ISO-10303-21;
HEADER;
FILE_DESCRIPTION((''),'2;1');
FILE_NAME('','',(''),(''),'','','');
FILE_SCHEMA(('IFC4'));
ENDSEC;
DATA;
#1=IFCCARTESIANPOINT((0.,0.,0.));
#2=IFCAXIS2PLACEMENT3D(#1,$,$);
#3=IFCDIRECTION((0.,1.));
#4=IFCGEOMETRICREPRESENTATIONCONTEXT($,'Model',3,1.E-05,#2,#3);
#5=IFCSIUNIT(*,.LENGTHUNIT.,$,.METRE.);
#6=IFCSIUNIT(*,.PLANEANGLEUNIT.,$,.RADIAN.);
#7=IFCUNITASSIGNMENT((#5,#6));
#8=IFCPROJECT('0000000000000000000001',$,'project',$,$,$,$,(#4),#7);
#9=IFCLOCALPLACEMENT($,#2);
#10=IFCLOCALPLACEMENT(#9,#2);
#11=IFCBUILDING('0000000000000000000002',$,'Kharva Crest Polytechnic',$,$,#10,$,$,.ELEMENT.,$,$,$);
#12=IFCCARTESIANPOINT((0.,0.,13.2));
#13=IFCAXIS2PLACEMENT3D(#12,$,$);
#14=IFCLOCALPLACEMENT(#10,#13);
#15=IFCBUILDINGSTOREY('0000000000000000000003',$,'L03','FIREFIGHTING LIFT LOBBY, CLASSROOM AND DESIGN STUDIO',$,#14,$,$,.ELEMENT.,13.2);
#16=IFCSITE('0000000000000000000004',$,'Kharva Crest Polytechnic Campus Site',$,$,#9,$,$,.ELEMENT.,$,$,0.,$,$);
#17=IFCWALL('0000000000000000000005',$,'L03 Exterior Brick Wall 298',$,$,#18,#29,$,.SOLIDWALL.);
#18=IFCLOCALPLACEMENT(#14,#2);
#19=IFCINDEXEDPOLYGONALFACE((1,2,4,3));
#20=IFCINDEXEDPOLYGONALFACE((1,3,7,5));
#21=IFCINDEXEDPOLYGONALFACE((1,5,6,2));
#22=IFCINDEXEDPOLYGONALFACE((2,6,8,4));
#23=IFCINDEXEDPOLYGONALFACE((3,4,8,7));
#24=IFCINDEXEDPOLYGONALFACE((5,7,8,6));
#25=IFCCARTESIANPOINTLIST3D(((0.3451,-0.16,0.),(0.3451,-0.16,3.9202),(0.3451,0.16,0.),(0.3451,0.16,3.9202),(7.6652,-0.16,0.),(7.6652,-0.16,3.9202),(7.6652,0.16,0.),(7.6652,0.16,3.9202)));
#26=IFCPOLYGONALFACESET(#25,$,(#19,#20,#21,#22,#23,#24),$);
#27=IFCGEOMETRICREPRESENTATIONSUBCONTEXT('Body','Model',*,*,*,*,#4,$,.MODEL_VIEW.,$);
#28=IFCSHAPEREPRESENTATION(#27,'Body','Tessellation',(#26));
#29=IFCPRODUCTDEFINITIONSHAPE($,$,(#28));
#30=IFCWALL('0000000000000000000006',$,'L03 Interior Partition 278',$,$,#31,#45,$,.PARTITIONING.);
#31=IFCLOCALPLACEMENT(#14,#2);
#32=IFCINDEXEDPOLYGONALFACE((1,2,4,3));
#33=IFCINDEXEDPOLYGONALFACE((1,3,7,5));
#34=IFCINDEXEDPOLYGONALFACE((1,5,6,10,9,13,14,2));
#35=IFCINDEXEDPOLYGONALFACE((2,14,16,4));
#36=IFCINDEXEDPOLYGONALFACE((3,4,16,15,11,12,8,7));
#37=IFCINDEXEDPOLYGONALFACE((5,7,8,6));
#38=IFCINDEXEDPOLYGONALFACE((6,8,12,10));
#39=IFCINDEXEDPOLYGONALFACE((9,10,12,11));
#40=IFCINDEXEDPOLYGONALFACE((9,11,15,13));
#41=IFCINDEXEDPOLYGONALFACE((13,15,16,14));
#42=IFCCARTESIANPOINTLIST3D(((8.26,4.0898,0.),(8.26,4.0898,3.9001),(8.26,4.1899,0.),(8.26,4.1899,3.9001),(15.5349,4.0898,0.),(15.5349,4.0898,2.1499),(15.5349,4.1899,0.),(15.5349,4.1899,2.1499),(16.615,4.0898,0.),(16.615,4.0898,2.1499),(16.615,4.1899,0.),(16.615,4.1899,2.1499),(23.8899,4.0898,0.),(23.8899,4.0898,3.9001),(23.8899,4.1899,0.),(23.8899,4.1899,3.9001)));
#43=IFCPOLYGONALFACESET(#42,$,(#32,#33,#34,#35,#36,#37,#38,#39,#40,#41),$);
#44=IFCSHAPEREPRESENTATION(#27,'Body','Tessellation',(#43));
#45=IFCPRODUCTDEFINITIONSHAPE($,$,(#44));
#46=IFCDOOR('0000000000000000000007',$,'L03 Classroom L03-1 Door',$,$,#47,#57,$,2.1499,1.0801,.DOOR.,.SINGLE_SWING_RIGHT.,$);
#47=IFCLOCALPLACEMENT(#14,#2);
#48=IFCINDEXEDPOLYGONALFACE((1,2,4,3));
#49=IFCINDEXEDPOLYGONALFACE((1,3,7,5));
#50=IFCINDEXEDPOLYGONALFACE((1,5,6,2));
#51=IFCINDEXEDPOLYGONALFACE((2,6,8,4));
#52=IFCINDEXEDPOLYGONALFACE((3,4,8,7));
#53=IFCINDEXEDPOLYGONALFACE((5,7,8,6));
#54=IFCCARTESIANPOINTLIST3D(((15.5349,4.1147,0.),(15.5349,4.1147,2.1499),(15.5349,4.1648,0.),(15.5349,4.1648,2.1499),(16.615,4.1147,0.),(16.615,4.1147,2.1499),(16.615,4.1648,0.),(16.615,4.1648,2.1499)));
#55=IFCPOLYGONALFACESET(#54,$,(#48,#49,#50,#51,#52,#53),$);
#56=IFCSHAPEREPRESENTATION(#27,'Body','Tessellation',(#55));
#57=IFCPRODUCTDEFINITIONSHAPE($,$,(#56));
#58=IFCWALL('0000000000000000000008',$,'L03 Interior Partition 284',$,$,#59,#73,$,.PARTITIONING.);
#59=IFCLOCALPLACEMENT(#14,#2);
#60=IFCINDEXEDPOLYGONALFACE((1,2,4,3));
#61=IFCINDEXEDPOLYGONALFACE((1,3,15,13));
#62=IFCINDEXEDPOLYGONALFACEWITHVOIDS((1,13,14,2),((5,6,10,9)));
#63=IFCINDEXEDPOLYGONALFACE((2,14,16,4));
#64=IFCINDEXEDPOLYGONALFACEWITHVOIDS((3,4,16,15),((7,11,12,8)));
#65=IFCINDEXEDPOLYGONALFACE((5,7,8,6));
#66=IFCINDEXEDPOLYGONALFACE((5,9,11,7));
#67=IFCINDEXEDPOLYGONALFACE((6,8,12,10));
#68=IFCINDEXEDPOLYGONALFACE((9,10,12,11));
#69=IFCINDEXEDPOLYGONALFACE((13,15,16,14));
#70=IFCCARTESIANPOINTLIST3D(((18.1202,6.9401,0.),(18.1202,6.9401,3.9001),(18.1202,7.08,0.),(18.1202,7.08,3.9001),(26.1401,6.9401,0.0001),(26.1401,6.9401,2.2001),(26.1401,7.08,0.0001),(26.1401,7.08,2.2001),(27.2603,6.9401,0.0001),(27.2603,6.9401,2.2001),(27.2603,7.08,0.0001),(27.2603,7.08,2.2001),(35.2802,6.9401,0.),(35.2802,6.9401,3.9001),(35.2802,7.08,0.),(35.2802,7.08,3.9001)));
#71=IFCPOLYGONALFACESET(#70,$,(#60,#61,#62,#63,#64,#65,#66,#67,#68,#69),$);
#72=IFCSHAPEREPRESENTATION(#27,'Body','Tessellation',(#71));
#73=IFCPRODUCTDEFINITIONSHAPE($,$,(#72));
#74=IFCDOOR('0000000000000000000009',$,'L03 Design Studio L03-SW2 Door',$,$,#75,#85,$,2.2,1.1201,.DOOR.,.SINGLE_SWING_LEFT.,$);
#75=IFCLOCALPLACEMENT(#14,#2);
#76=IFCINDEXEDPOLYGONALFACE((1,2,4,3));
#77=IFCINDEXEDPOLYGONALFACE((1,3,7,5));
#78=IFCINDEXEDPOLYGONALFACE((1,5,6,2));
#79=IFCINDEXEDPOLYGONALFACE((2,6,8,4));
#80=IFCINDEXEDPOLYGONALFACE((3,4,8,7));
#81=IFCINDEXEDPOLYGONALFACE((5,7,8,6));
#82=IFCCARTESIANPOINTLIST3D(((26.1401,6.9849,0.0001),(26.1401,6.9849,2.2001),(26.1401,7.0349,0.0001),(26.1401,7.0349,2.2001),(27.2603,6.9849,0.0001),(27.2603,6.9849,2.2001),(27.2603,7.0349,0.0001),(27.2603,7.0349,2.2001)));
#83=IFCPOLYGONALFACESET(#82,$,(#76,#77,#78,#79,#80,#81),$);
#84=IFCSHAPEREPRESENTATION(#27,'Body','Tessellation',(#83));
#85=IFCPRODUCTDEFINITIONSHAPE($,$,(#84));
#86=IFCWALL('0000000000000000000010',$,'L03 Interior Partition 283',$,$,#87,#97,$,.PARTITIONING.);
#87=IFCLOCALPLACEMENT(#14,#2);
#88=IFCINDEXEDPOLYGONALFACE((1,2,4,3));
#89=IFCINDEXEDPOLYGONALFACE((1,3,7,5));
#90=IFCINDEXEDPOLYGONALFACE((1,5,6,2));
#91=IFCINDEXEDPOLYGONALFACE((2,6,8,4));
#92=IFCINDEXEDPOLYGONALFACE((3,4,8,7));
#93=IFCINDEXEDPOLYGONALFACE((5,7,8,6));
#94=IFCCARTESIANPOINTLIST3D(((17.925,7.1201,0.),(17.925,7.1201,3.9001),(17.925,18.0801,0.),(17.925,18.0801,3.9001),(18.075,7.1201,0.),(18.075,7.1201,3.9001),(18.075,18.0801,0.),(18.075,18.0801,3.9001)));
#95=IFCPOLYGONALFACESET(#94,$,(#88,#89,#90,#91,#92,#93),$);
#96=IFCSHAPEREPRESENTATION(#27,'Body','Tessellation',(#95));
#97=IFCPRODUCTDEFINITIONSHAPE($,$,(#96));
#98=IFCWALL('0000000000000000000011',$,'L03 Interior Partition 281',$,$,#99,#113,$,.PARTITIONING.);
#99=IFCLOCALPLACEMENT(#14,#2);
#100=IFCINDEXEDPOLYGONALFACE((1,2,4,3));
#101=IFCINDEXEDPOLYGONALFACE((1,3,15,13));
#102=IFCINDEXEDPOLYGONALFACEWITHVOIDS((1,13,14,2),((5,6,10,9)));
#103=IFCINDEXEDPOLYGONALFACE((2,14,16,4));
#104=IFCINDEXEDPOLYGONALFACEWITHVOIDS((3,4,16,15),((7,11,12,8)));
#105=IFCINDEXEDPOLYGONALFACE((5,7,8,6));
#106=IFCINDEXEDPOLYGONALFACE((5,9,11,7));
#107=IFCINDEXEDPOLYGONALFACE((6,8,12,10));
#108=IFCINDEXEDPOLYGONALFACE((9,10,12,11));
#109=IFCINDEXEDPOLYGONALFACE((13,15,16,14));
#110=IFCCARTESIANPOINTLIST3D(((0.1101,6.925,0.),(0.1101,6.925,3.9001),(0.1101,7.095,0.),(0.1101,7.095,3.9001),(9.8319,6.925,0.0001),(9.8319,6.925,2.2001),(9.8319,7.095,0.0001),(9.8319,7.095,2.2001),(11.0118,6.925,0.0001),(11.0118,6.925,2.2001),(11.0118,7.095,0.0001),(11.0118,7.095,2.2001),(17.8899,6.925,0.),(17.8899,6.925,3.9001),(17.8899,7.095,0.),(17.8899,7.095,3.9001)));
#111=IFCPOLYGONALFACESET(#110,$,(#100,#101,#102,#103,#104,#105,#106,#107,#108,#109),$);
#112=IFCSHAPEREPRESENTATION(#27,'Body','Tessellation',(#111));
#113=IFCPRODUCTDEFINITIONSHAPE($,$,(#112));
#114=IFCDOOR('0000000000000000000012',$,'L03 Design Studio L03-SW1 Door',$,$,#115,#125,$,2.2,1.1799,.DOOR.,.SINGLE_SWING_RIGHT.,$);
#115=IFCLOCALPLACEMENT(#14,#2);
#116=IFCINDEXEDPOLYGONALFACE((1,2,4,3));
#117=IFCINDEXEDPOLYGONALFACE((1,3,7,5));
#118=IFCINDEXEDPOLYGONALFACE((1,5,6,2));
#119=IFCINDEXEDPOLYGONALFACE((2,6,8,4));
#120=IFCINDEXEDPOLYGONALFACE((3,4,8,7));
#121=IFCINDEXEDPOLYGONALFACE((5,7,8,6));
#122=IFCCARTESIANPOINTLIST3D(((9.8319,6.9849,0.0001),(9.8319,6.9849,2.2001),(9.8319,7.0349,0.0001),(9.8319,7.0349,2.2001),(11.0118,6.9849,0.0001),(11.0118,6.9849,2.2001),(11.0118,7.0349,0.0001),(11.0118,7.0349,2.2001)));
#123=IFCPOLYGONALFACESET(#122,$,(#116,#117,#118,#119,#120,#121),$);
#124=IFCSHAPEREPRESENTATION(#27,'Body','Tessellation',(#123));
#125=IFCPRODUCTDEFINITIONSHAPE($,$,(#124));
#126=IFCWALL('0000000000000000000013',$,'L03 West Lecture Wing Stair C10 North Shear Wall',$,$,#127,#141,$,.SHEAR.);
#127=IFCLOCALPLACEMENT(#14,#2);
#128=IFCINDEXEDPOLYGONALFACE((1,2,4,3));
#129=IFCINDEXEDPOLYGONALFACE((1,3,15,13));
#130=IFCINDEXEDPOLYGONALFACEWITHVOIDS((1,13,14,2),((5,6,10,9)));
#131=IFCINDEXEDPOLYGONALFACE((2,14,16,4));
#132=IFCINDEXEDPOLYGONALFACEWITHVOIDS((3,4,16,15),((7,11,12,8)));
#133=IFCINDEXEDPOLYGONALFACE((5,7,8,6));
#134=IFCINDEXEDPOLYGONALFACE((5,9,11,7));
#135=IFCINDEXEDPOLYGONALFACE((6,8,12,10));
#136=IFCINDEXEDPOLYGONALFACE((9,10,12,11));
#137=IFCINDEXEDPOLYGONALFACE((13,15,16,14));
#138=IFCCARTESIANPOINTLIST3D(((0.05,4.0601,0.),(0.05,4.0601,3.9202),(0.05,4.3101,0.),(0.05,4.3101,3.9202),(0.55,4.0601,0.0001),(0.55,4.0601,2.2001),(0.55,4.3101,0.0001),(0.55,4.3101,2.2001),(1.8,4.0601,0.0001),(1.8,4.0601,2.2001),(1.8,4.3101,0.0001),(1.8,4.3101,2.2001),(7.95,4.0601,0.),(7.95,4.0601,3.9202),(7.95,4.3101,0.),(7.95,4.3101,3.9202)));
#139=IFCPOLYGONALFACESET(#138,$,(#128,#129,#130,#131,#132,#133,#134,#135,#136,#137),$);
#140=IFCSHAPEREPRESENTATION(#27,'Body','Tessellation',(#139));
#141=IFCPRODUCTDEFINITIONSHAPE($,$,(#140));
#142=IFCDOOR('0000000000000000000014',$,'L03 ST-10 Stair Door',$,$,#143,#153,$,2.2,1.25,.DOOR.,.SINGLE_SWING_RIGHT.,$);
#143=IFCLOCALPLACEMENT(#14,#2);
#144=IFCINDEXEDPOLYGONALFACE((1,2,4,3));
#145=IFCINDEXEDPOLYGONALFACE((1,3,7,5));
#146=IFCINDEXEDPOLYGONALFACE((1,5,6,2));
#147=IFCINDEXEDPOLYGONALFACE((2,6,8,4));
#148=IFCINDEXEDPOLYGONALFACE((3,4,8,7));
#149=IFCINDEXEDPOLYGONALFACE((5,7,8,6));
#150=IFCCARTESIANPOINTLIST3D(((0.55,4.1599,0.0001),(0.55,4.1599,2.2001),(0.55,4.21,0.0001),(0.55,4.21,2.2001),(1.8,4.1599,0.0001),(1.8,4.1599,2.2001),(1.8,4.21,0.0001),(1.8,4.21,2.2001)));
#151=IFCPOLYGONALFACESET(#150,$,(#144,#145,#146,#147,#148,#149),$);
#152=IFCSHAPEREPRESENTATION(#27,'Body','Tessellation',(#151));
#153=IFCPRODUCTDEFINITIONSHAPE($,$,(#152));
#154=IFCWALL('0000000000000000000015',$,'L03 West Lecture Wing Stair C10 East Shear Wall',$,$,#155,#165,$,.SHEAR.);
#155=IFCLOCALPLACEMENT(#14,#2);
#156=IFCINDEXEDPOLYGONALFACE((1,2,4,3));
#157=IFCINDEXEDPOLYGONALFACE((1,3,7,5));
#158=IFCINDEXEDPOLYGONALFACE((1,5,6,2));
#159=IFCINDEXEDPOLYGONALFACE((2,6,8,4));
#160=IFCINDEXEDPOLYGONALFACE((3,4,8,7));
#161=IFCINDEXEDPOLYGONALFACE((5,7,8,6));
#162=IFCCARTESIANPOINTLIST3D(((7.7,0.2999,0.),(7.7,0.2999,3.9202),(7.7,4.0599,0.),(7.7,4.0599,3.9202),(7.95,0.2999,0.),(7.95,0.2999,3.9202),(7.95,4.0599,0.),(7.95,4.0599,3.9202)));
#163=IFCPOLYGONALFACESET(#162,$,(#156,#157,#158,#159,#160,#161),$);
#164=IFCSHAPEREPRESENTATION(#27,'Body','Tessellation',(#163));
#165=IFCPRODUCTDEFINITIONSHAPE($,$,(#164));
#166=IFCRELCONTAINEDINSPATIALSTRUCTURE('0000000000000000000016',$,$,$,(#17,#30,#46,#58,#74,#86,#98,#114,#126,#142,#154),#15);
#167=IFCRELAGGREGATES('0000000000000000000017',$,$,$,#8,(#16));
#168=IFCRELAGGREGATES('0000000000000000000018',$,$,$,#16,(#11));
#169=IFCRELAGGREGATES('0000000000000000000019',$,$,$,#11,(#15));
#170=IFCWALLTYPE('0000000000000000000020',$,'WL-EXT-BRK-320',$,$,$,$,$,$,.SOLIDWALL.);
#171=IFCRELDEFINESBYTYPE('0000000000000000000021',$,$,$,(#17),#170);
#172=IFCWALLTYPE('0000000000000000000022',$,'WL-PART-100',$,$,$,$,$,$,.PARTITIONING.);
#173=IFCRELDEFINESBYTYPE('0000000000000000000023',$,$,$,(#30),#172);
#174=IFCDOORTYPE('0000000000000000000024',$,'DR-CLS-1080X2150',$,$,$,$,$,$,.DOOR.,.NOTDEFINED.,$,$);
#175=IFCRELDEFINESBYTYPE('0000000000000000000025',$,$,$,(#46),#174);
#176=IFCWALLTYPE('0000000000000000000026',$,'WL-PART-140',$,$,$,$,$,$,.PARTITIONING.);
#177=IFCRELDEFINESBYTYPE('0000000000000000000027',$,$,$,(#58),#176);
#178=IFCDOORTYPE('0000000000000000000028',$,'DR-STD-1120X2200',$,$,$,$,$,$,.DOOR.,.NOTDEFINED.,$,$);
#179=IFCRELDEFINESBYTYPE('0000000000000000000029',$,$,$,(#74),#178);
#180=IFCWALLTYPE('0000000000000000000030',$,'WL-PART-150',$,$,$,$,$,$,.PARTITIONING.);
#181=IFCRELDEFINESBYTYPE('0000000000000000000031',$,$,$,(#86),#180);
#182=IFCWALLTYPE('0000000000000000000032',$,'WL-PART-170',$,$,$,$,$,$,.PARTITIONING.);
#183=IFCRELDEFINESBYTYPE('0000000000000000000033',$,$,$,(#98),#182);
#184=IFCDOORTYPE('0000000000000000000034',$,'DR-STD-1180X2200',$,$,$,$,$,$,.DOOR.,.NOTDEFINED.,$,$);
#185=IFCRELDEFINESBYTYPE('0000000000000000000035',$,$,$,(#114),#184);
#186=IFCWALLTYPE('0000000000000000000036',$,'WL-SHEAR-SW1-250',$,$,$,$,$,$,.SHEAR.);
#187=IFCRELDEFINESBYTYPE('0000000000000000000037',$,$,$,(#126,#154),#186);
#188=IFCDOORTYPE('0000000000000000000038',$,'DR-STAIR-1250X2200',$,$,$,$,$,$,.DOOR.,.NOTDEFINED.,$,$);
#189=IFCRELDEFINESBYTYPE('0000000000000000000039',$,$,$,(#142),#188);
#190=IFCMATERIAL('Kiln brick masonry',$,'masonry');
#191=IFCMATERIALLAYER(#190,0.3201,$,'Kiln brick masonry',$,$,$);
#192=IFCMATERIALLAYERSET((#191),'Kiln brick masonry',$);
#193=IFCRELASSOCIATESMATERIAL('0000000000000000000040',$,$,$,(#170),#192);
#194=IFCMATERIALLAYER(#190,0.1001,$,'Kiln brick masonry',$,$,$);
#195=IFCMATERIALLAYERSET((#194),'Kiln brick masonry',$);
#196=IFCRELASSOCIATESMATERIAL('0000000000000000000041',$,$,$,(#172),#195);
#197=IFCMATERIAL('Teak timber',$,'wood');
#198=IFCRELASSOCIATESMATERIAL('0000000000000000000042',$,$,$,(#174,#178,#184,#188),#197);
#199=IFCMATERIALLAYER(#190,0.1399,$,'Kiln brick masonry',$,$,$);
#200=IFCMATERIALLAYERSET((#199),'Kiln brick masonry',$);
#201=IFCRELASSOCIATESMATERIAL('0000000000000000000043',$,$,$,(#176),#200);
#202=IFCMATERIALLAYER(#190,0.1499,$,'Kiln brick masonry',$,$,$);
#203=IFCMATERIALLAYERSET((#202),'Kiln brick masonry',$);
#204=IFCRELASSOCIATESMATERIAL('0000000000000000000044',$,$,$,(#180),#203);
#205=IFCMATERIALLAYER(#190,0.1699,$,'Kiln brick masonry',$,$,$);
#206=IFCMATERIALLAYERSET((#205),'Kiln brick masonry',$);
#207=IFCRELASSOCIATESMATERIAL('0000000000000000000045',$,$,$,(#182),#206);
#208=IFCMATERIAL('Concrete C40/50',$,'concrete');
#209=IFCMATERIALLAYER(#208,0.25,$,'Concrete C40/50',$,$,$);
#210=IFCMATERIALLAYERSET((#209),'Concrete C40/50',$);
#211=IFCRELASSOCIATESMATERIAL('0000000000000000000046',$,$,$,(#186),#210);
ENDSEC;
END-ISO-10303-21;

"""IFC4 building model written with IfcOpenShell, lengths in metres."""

from ifc_helpers import new_model, si_unit, direction, frame, frame_2d, origin, place, context, subcontext, project, spatial, rectangle, extrude, material, layer, layer_set, type_object, element, fill, save


model = new_model("IFC4")

# Units and contexts
model_context = context("Model", 3, precision=1e-05, world=origin(), true_north=direction((0.0, 1.0)))
body_context = subcontext(model_context, "Body", "Model", "MODEL_VIEW")
ifc_project = project(units=[si_unit("LENGTHUNIT", "METRE"), si_unit("PLANEANGLEUNIT", "RADIAN")], contexts=[model_context])

# Site, building, storey
site_placement = place(None, origin())
site = spatial("IfcSite", under=ifc_project, at=site_placement, Name="Kharva Crest Polytechnic Campus Site", CompositionType="ELEMENT", RefElevation=0.0)
building_placement = place(site_placement, origin())
building = spatial("IfcBuilding", under=site, at=building_placement, Name="Kharva Crest Polytechnic", CompositionType="ELEMENT")
storey_placement = place(building_placement, frame((0.0, 0.0, 13.2)))
storey = spatial("IfcBuildingStorey", under=building, at=storey_placement, Name="L03", Description="FIREFIGHTING LIFT LOBBY, CLASSROOM AND DESIGN STUDIO", CompositionType="ELEMENT", Elevation=13.2)

# Shared definitions
ifc_material_1 = material(Name="Concrete C40/50", Category="concrete")

# Shared definitions
ifc_material_2 = material(Name="Kiln brick masonry", Category="masonry")

# Wall
ifc_layer_1 = layer(ifc_material_2, 0.3201, Name="Kiln brick masonry")
ifc_layer_set_1 = layer_set([ifc_layer_1], Name="Kiln brick masonry")
wall_type_1 = type_object("IfcWallType", Name="WL-EXT-BRK-320", PredefinedType="SOLIDWALL", material=ifc_layer_set_1)
wall_1_placement = place(storey_placement, frame((0.345, 0.0, 0.0), z_axis=(0.0, 0.0, 1.0), x_axis=(1.0, 0.0, 0.0)))
element("IfcWall", 1, at=wall_1_placement, inside=storey, type_object=wall_type_1, Name="L03 Exterior Brick Wall 298", PredefinedType="SOLIDWALL", context=body_context, shape_type="SweptSolid", body=[
    extrude(rectangle(XDim=7.3201, YDim=0.3201, at=frame_2d((3.6602, 0.0))), origin(), (0.0, 0.0, 1.0), 3.9202),
])

# Walls, openings, doors
ifc_layer_2 = layer(ifc_material_2, 0.1001, Name="Kiln brick masonry")
ifc_layer_set_2 = layer_set([ifc_layer_2], Name="Kiln brick masonry")
wall_type_2 = type_object("IfcWallType", Name="WL-PART-100", PredefinedType="PARTITIONING", material=ifc_layer_set_2)
wall_2_placement = place(storey_placement, frame((8.26, 4.1399, 0.0), z_axis=(0.0, 0.0, 1.0), x_axis=(1.0, 0.0, 0.0)))
wall_2 = element("IfcWall", 2, at=wall_2_placement, inside=storey, type_object=wall_type_2, Name="L03 Interior Partition 278", PredefinedType="PARTITIONING", context=body_context, shape_type="SweptSolid", body=[
    extrude(rectangle(XDim=15.6299, YDim=0.1001, at=frame_2d((7.8149, 0.0))), origin(), (0.0, 0.0, 1.0), 3.9001),
])
opening_1_placement = place(wall_2_placement, frame((7.2749, 0.0, 0.0)))
opening_1 = element("IfcOpeningElement", 3, at=opening_1_placement, cuts=wall_2, PredefinedType="OPENING", context=body_context, shape_type="SweptSolid", body=[
    extrude(rectangle(XDim=1.0801, YDim=2.1499, at=frame_2d((0.54, 1.075))), frame((0.0, 0.0601, 0.0), z_axis=(0.0, -1.0, 0.0), x_axis=(1.0, 0.0, 0.0)), (0.0, 0.0, 1.0), 0.1201),
])
ifc_material_3 = material(Name="Teak timber", Category="wood")
door_type_1 = type_object("IfcDoorType", Name="DR-CLS-1080X2150", OperationType="NOTDEFINED", PredefinedType="DOOR", material=ifc_material_3)
door_1_placement = place(opening_1_placement, origin())
door_1 = element("IfcDoor", 4, at=door_1_placement, inside=storey, type_object=door_type_1, Name="L03 Classroom L03-1 Door", OperationType="SINGLE_SWING_RIGHT", OverallHeight=2.1499, OverallWidth=1.0801, PredefinedType="DOOR", context=body_context, shape_type="SweptSolid", body=[
    extrude(rectangle(XDim=1.0801, YDim=2.1499, at=frame_2d((0.54, 1.075))), frame((0.0, 0.0249, 0.0), z_axis=(0.0, -1.0, 0.0), x_axis=(1.0, 0.0, 0.0)), (0.0, 0.0, 1.0), 0.05),
])
fill(opening_1, door_1)
ifc_layer_3 = layer(ifc_material_2, 0.1399, Name="Kiln brick masonry")
ifc_layer_set_3 = layer_set([ifc_layer_3], Name="Kiln brick masonry")
wall_type_3 = type_object("IfcWallType", Name="WL-PART-140", PredefinedType="PARTITIONING", material=ifc_layer_set_3)
wall_3_placement = place(storey_placement, frame((18.1201, 7.01, 0.0), z_axis=(0.0, 0.0, 1.0), x_axis=(1.0, 0.0, 0.0)))
wall_3 = element("IfcWall", 5, at=wall_3_placement, inside=storey, type_object=wall_type_3, Name="L03 Interior Partition 284", PredefinedType="PARTITIONING", context=body_context, shape_type="SweptSolid", body=[
    extrude(rectangle(XDim=17.1599, YDim=0.1399, at=frame_2d((8.5801, 0.0))), origin(), (0.0, 0.0, 1.0), 3.9001),
])
opening_2_placement = place(wall_3_placement, frame((8.02, 0.0, 0.0)))
opening_2 = element("IfcOpeningElement", 6, at=opening_2_placement, cuts=wall_3, PredefinedType="OPENING", context=body_context, shape_type="SweptSolid", body=[
    extrude(rectangle(XDim=1.1201, YDim=2.2, at=frame_2d((0.5601, 1.1001))), frame((0.0, 0.0798, 0.0), z_axis=(0.0, -1.0, 0.0), x_axis=(1.0, 0.0, 0.0)), (0.0, 0.0, 1.0), 0.1599),
])
door_type_2 = type_object("IfcDoorType", Name="DR-STD-1120X2200", OperationType="NOTDEFINED", PredefinedType="DOOR", material=ifc_material_3)
door_2_placement = place(opening_2_placement, origin())
door_2 = element("IfcDoor", 7, at=door_2_placement, inside=storey, type_object=door_type_2, Name="L03 Design Studio L03-SW2 Door", OperationType="SINGLE_SWING_LEFT", OverallHeight=2.2, OverallWidth=1.1201, PredefinedType="DOOR", context=body_context, shape_type="SweptSolid", body=[
    extrude(rectangle(XDim=1.1201, YDim=2.2, at=frame_2d((0.5601, 1.1001))), frame((0.0, 0.0249, 0.0), z_axis=(0.0, -1.0, 0.0), x_axis=(1.0, 0.0, 0.0)), (0.0, 0.0, 1.0), 0.05),
])
fill(opening_2, door_2)

# Wall
ifc_layer_4 = layer(ifc_material_2, 0.1499, Name="Kiln brick masonry")
ifc_layer_set_4 = layer_set([ifc_layer_4], Name="Kiln brick masonry")
wall_type_4 = type_object("IfcWallType", Name="WL-PART-150", PredefinedType="PARTITIONING", material=ifc_layer_set_4)
wall_4_placement = place(storey_placement, frame((18.0, 7.1201, 0.0), z_axis=(0.0, 0.0, 1.0), x_axis=(0.0, 1.0, 0.0)))
element("IfcWall", 8, at=wall_4_placement, inside=storey, type_object=wall_type_4, Name="L03 Interior Partition 283", PredefinedType="PARTITIONING", context=body_context, shape_type="SweptSolid", body=[
    extrude(rectangle(XDim=10.96, YDim=0.1499, at=frame_2d((5.48, 0.0))), origin(), (0.0, 0.0, 1.0), 3.9001),
])

# Walls, openings, doors
ifc_layer_5 = layer(ifc_material_2, 0.1699, Name="Kiln brick masonry")
ifc_layer_set_5 = layer_set([ifc_layer_5], Name="Kiln brick masonry")
wall_type_5 = type_object("IfcWallType", Name="WL-PART-170", PredefinedType="PARTITIONING", material=ifc_layer_set_5)
wall_5_placement = place(storey_placement, frame((0.1101, 7.01, 0.0), z_axis=(0.0, 0.0, 1.0), x_axis=(1.0, 0.0, 0.0)))
wall_5 = element("IfcWall", 9, at=wall_5_placement, inside=storey, type_object=wall_type_5, Name="L03 Interior Partition 281", PredefinedType="PARTITIONING", context=body_context, shape_type="SweptSolid", body=[
    extrude(rectangle(XDim=17.7798, YDim=0.1699, at=frame_2d((8.8899, 0.0))), origin(), (0.0, 0.0, 1.0), 3.9001),
])
opening_3_placement = place(wall_5_placement, frame((9.7219, 0.0, 0.0)))
opening_3 = element("IfcOpeningElement", 10, at=opening_3_placement, cuts=wall_5, PredefinedType="OPENING", context=body_context, shape_type="SweptSolid", body=[
    extrude(rectangle(XDim=1.1799, YDim=2.2, at=frame_2d((0.5898, 1.1001))), frame((0.0, 0.095, 0.0), z_axis=(0.0, -1.0, 0.0), x_axis=(1.0, 0.0, 0.0)), (0.0, 0.0, 1.0), 0.1899),
])
door_type_3 = type_object("IfcDoorType", Name="DR-STD-1180X2200", OperationType="NOTDEFINED", PredefinedType="DOOR", material=ifc_material_3)
door_3_placement = place(opening_3_placement, origin())
door_3 = element("IfcDoor", 11, at=door_3_placement, inside=storey, type_object=door_type_3, Name="L03 Design Studio L03-SW1 Door", OperationType="SINGLE_SWING_RIGHT", OverallHeight=2.2, OverallWidth=1.1799, PredefinedType="DOOR", context=body_context, shape_type="SweptSolid", body=[
    extrude(rectangle(XDim=1.1799, YDim=2.2, at=frame_2d((0.5898, 1.1001))), frame((0.0, 0.0249, 0.0), z_axis=(0.0, -1.0, 0.0), x_axis=(1.0, 0.0, 0.0)), (0.0, 0.0, 1.0), 0.05),
])
fill(opening_3, door_3)
ifc_layer_6 = layer(ifc_material_1, 0.25, Name="Concrete C40/50")
ifc_layer_set_6 = layer_set([ifc_layer_6], Name="Concrete C40/50")
wall_type_6 = type_object("IfcWallType", Name="WL-SHEAR-SW1-250", PredefinedType="SHEAR", material=ifc_layer_set_6)
wall_6_placement = place(storey_placement, frame((0.05, 4.1851, 0.0), z_axis=(0.0, 0.0, 1.0), x_axis=(1.0, 0.0, 0.0)))
wall_6 = element("IfcWall", 12, at=wall_6_placement, inside=storey, type_object=wall_type_6, Name="L03 West Lecture Wing Stair C10 North Shear Wall", PredefinedType="SHEAR", context=body_context, shape_type="SweptSolid", body=[
    extrude(rectangle(XDim=7.8999, YDim=0.25, at=frame_2d((3.95, 0.0))), origin(), (0.0, 0.0, 1.0), 3.9202),
])
opening_4_placement = place(wall_6_placement, frame((0.5, 0.0, 0.0)))
opening_4 = element("IfcOpeningElement", 13, at=opening_4_placement, cuts=wall_6, PredefinedType="OPENING", context=body_context, shape_type="SweptSolid", body=[
    extrude(rectangle(XDim=1.25, YDim=2.2, at=frame_2d((0.625, 1.1001))), frame((0.0, 0.135, 0.0), z_axis=(0.0, -1.0, 0.0), x_axis=(1.0, 0.0, 0.0)), (0.0, 0.0, 1.0), 0.27),
])
door_type_4 = type_object("IfcDoorType", Name="DR-STAIR-1250X2200", OperationType="NOTDEFINED", PredefinedType="DOOR", material=ifc_material_3)
door_4_placement = place(opening_4_placement, origin())
door_4 = element("IfcDoor", 14, at=door_4_placement, inside=storey, type_object=door_type_4, Name="L03 ST-10 Stair Door", OperationType="SINGLE_SWING_RIGHT", OverallHeight=2.2, OverallWidth=1.25, PredefinedType="DOOR", context=body_context, shape_type="SweptSolid", body=[
    extrude(rectangle(XDim=1.25, YDim=2.2, at=frame_2d((0.625, 1.1001))), frame((0.0, 0.0249, 0.0), z_axis=(0.0, -1.0, 0.0), x_axis=(1.0, 0.0, 0.0)), (0.0, 0.0, 1.0), 0.05),
])
fill(opening_4, door_4)

# Wall
wall_7_placement = place(storey_placement, frame((7.825, 0.3, 0.0), z_axis=(0.0, 0.0, 1.0), x_axis=(0.0, 1.0, 0.0)))
element("IfcWall", 15, at=wall_7_placement, inside=storey, type_object=wall_type_6, Name="L03 West Lecture Wing Stair C10 East Shear Wall", PredefinedType="SHEAR", context=body_context, shape_type="SweptSolid", body=[
    extrude(rectangle(XDim=3.76, YDim=0.25, at=frame_2d((1.8799, 0.0))), origin(), (0.0, 0.0, 1.0), 3.9202),
])

save(model, "model.ifc")
